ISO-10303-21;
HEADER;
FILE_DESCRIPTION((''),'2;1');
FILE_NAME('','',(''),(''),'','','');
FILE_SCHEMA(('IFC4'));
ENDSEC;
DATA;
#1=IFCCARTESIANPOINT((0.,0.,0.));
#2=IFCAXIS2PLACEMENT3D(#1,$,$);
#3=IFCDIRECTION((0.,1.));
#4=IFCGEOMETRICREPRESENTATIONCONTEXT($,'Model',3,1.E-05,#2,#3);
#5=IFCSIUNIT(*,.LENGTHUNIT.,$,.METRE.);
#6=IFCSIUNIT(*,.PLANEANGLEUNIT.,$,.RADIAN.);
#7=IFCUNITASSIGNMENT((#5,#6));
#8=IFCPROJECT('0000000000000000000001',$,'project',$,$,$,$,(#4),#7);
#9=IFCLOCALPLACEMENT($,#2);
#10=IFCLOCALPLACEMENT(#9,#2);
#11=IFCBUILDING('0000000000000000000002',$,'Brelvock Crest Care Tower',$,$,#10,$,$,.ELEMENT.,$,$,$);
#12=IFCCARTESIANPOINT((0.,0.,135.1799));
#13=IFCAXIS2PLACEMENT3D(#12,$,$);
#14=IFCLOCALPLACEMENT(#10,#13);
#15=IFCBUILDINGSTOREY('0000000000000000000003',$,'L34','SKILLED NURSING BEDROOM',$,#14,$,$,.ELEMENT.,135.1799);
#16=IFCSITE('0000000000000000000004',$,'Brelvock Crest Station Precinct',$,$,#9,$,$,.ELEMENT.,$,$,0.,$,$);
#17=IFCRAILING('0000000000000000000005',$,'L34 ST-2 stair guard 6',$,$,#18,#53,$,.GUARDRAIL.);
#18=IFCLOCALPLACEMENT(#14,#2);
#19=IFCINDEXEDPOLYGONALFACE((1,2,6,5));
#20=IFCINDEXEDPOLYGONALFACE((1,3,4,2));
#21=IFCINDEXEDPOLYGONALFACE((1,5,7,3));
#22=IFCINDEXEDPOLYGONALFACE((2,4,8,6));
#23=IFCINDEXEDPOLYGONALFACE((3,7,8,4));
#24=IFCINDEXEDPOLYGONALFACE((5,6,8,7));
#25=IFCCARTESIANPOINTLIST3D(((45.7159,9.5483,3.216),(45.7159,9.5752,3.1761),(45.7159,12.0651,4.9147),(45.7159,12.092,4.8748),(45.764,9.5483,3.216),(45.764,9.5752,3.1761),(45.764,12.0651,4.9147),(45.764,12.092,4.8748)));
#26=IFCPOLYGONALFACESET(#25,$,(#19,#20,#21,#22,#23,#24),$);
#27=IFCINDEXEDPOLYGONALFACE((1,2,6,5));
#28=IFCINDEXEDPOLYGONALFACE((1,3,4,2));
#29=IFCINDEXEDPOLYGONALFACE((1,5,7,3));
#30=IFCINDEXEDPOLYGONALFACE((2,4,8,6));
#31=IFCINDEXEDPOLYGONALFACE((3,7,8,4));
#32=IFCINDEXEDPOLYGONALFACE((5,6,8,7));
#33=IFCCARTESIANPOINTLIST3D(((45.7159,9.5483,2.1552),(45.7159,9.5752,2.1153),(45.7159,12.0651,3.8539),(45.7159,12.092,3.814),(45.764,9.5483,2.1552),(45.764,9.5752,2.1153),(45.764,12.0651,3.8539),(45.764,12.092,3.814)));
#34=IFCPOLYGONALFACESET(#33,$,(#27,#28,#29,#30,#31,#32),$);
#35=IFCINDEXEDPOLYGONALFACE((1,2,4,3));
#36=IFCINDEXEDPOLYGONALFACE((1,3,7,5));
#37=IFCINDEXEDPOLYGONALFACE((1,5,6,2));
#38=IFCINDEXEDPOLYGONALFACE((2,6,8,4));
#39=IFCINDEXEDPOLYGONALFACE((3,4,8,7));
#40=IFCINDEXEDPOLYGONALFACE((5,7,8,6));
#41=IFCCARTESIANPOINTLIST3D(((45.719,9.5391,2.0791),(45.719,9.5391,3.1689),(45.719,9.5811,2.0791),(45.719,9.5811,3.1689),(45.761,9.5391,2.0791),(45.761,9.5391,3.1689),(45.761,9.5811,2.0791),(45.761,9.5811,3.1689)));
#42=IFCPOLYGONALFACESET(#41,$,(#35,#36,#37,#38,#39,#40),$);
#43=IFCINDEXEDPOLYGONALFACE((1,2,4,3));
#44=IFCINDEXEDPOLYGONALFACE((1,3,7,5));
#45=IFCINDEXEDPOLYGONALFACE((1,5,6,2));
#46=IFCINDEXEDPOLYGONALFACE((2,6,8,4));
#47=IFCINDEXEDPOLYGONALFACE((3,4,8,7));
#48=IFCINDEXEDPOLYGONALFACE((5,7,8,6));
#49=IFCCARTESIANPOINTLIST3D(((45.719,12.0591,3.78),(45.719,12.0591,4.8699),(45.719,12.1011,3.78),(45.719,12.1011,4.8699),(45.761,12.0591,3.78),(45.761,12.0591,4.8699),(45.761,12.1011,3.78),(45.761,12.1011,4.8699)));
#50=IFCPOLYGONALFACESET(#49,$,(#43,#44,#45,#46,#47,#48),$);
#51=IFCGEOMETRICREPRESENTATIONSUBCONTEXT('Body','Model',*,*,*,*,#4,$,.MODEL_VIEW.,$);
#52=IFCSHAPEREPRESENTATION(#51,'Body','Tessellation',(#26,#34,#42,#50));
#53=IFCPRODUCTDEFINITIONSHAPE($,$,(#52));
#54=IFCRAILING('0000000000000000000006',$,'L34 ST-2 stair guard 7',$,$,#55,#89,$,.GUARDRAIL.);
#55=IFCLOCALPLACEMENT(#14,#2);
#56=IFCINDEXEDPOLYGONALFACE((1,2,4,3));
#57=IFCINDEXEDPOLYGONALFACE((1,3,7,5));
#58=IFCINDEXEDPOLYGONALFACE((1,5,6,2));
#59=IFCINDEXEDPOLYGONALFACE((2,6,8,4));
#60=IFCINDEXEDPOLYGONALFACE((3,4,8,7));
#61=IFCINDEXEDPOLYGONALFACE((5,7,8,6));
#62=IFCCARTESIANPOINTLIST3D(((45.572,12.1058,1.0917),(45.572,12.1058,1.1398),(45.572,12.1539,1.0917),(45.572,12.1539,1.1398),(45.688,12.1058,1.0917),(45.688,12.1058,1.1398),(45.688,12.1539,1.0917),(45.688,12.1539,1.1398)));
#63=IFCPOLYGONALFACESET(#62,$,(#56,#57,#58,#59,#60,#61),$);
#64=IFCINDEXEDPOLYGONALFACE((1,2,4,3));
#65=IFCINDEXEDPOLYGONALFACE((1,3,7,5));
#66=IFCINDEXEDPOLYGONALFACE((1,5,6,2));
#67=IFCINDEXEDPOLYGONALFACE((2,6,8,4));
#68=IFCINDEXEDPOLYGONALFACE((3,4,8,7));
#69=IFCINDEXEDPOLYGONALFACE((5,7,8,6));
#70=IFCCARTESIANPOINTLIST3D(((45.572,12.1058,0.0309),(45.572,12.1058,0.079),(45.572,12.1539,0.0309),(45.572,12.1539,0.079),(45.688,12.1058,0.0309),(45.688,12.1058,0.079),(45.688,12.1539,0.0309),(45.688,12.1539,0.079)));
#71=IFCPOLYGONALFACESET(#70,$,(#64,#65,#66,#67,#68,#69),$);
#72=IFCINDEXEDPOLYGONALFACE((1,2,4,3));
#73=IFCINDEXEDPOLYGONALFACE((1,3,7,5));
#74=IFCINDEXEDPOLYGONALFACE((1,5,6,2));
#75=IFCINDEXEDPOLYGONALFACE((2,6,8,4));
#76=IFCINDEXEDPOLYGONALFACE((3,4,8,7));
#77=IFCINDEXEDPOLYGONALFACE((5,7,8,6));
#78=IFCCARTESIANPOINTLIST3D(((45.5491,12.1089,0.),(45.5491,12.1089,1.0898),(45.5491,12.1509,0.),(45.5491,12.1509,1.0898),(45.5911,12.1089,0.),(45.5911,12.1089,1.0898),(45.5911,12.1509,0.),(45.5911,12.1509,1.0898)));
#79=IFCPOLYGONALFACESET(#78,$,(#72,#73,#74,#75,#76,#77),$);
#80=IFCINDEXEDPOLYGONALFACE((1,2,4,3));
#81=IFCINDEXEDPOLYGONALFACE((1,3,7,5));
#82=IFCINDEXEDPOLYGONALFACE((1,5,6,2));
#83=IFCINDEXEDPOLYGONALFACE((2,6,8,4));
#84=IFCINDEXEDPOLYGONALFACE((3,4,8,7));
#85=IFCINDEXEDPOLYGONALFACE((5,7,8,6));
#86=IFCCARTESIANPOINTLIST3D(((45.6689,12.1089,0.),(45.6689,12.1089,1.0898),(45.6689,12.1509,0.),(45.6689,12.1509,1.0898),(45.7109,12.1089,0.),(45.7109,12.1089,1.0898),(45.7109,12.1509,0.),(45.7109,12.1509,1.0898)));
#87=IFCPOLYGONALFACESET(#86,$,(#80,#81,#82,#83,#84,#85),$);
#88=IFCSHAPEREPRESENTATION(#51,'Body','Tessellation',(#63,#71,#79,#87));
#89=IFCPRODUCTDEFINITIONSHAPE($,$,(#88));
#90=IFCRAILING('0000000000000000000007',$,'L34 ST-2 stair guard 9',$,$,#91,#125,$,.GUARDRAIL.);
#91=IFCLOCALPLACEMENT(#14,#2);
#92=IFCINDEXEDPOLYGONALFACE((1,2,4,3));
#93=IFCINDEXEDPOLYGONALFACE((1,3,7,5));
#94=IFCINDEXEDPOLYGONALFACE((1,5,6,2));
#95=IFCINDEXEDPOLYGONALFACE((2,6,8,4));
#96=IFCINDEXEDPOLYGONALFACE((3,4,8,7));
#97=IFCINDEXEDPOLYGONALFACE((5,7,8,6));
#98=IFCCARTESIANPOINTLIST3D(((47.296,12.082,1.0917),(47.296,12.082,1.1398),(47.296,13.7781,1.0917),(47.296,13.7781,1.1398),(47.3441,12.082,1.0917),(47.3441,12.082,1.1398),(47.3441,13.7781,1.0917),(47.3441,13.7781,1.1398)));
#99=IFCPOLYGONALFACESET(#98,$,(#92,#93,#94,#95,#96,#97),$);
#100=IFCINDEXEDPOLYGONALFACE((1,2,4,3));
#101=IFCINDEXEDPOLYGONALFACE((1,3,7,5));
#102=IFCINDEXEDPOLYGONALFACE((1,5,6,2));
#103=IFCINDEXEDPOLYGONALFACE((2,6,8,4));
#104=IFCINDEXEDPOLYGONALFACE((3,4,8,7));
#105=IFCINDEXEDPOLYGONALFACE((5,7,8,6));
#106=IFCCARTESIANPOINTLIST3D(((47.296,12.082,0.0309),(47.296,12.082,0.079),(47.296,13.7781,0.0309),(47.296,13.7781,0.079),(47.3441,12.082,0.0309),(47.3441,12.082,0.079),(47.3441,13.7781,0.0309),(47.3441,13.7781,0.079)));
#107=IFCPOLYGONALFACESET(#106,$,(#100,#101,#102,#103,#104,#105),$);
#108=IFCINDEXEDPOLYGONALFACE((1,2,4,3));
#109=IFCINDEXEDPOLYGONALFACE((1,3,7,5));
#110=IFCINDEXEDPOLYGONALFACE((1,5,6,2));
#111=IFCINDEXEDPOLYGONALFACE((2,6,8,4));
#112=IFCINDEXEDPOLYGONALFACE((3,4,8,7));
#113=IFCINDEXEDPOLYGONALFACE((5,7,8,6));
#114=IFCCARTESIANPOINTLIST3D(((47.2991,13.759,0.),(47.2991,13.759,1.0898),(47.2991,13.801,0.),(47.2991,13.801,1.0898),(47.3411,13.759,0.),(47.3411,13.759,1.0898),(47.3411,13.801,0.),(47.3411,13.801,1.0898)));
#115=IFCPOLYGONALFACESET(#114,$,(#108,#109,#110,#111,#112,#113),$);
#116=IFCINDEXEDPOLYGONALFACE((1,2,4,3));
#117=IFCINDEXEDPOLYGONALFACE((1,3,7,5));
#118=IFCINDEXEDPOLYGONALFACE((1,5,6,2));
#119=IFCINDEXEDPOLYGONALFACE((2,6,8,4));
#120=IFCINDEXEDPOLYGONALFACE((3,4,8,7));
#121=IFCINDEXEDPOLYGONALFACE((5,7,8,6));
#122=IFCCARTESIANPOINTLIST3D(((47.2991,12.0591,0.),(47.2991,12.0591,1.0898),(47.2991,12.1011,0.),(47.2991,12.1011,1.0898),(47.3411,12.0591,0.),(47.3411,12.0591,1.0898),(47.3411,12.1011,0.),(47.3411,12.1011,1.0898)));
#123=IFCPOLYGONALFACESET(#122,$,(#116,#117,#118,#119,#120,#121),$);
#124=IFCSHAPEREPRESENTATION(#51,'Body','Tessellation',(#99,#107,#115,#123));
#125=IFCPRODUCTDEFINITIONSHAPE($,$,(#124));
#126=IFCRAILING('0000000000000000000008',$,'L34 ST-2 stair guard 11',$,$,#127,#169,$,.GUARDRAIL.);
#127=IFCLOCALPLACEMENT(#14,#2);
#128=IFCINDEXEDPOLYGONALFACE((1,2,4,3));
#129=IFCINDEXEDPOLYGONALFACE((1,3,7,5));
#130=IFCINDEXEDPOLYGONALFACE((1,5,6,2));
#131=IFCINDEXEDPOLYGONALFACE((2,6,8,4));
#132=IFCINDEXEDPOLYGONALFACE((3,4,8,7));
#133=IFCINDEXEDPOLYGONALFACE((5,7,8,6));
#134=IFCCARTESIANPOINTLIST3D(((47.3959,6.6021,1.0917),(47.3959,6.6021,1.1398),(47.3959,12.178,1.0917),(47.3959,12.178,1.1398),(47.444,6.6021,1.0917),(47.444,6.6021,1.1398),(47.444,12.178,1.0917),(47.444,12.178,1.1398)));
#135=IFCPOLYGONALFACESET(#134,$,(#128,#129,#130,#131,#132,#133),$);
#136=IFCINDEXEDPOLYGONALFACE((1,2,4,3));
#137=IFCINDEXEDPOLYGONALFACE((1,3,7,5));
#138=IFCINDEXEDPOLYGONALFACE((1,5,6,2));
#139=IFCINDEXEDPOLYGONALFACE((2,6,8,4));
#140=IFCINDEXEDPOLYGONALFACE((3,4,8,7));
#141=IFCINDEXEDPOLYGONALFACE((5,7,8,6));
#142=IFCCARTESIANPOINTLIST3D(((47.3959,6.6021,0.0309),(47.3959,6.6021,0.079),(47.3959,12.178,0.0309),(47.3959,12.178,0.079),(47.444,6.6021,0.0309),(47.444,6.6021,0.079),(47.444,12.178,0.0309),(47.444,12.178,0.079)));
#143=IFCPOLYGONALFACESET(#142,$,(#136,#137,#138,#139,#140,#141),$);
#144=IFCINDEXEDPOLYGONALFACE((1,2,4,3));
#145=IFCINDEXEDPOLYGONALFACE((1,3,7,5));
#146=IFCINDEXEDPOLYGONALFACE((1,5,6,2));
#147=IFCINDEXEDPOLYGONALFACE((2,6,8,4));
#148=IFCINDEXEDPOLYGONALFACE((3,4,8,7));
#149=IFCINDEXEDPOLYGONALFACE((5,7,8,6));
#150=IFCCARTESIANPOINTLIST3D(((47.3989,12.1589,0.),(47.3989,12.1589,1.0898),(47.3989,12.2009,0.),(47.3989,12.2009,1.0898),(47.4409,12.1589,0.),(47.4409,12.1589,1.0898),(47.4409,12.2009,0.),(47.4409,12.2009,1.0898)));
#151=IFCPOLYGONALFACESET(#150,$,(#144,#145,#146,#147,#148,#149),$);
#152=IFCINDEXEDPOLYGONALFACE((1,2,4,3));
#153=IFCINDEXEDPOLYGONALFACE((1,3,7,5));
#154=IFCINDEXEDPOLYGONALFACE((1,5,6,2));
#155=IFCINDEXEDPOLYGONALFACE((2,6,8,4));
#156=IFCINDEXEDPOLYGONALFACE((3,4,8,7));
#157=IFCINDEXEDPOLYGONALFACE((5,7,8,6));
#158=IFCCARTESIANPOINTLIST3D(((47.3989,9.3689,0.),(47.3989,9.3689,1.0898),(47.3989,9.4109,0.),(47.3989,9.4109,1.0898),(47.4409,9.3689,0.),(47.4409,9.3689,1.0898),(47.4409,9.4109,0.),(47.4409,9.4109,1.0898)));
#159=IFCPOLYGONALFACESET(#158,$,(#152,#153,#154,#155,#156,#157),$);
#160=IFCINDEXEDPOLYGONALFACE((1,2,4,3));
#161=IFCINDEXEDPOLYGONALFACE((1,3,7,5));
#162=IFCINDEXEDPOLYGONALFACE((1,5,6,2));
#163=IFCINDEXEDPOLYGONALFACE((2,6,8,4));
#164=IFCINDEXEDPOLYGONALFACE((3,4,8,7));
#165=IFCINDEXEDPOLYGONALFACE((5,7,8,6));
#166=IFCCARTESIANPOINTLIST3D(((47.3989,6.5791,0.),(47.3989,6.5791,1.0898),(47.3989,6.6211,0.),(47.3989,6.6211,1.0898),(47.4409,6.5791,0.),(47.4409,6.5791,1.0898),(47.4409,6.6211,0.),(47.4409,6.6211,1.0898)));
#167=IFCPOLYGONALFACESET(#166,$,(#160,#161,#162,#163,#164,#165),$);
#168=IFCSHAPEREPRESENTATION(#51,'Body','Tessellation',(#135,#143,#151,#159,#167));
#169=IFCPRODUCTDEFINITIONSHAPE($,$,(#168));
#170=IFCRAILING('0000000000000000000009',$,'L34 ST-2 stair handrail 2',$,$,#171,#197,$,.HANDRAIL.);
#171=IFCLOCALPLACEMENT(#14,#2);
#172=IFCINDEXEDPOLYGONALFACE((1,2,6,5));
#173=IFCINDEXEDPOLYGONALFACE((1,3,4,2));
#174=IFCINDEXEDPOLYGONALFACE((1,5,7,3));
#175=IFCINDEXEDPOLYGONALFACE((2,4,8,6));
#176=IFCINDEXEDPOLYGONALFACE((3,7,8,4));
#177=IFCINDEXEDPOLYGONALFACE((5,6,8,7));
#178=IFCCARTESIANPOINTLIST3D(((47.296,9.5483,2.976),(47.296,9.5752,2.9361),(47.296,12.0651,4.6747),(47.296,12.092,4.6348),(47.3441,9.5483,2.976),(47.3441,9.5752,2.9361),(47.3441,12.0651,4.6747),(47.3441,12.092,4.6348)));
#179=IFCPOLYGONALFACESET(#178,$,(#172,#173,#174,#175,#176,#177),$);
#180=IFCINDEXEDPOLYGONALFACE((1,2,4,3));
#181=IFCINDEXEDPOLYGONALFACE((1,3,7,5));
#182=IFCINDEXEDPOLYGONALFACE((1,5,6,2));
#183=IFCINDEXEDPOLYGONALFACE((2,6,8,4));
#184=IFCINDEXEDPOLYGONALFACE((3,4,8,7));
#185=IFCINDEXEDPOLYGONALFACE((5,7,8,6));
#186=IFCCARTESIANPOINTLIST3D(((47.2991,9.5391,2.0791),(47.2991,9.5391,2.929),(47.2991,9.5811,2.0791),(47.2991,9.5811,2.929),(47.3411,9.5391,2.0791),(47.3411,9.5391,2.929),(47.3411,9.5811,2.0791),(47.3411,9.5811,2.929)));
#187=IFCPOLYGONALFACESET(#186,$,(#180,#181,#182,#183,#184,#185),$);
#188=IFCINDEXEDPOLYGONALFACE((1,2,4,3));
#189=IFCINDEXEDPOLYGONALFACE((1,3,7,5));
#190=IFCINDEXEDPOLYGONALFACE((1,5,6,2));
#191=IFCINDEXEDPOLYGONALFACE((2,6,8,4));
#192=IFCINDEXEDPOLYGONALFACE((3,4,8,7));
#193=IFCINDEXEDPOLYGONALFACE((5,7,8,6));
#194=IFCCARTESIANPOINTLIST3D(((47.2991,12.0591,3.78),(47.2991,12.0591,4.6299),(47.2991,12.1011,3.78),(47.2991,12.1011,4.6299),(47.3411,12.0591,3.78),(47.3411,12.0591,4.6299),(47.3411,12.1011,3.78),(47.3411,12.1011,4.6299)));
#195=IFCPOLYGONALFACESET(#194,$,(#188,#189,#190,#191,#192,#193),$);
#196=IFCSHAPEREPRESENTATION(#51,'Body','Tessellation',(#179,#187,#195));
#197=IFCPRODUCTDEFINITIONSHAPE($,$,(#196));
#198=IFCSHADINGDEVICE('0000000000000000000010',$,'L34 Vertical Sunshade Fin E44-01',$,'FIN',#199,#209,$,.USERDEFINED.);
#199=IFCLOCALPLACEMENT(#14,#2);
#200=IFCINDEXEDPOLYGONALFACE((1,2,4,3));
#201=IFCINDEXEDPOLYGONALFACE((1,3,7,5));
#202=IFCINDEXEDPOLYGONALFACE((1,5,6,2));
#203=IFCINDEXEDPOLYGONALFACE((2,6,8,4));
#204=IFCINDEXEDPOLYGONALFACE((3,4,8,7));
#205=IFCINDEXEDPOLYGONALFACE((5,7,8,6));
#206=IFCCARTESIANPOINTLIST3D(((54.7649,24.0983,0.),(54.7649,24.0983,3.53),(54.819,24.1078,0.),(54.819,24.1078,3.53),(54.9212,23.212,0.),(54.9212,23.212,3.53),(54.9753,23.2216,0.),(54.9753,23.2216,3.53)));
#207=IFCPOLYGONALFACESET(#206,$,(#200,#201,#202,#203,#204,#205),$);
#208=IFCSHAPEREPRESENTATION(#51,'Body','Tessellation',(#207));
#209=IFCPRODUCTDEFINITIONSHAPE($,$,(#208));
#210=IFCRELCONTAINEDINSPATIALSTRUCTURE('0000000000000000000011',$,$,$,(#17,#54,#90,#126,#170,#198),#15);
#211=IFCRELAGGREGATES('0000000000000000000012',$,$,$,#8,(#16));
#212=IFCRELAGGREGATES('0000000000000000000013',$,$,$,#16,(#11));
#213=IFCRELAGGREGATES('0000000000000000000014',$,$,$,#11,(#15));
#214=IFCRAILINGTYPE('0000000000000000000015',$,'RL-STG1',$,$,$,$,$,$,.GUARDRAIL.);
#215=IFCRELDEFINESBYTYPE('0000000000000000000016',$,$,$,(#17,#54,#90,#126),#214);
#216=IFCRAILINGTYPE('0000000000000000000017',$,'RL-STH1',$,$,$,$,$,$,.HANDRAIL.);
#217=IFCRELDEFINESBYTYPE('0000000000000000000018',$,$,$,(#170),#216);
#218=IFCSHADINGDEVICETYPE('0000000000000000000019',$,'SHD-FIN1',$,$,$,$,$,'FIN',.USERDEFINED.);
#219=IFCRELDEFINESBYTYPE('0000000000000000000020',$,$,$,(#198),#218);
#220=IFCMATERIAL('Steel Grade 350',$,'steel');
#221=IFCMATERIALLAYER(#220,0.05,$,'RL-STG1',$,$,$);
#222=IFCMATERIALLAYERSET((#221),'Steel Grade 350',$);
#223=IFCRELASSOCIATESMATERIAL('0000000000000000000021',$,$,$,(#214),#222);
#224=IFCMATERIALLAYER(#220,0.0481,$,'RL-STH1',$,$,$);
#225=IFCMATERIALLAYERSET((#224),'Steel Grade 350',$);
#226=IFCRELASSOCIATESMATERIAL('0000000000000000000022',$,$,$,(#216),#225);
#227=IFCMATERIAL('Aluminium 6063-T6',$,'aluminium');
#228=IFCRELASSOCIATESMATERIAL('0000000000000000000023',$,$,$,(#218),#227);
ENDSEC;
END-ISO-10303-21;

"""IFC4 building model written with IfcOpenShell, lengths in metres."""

from ifc_helpers import new_model, si_unit, direction, frame, origin, origin_2d, place, context, subcontext, project, spatial, rectangle, extrude, source, transform, mapped, material, layer, layer_set, material_profile, profile_set, type_object, element, save


model = new_model("IFC4")

# Units and contexts
model_context = context("Model", 3, precision=1e-05, world=origin(), true_north=direction((0.0, 1.0)))
body_context = subcontext(model_context, "Body", "Model", "MODEL_VIEW")
ifc_project = project(units=[si_unit("LENGTHUNIT", "METRE"), si_unit("PLANEANGLEUNIT", "RADIAN")], contexts=[model_context])

# Site, building, storey
site_placement = place(None, origin())
site = spatial("IfcSite", under=ifc_project, at=site_placement, Name="Brelvock Crest Station Precinct", CompositionType="ELEMENT", RefElevation=0.0)
building_placement = place(site_placement, origin())
building = spatial("IfcBuilding", under=site, at=building_placement, Name="Brelvock Crest Care Tower", CompositionType="ELEMENT")
storey_placement = place(building_placement, frame((0.0, 0.0, 135.1799)))
storey = spatial("IfcBuildingStorey", under=building, at=storey_placement, Name="L34", Description="SKILLED NURSING BEDROOM", CompositionType="ELEMENT", Elevation=135.1799)

# Shared definitions
ifc_material_1 = material(Name="Steel Grade 350", Category="steel")

# Shared definitions
ifc_material_2 = material(Name="Aluminium 6063-T6", Category="aluminium")

# Railings
ifc_layer_1 = layer(ifc_material_1, 0.05, Name="RL-STG1")
ifc_layer_set_1 = layer_set([ifc_layer_1], Name="Steel Grade 350")
railing_type_1 = type_object("IfcRailingType", Name="RL-STG1", PredefinedType="GUARDRAIL", material=ifc_layer_set_1)
railing_1_placement = place(storey_placement, frame((45.74, 9.5601, 2.0791)))
element("IfcRailing", 1, at=railing_1_placement, inside=storey, type_object=railing_type_1, Name="L34 ST-2 stair guard 6", PredefinedType="GUARDRAIL", context=body_context, shape_type="SweptSolid", body=[
    extrude(rectangle(XDim=0.0481, YDim=0.0481, at=origin_2d()), frame((0.0, 0.0017, 1.1169), z_axis=(0.0, 0.828862, 0.559454), x_axis=(-1.0, 0.0, 0.0)), (0.0, 0.0, 1.0), 3.0364),
    extrude(rectangle(XDim=0.0481, YDim=0.0481, at=origin_2d()), frame((0.0, 0.0017, 0.0562), z_axis=(0.0, 0.828862, 0.559454), x_axis=(-1.0, 0.0, 0.0)), (0.0, 0.0, 1.0), 3.0364),
    extrude(rectangle(XDim=0.042, YDim=0.042, at=origin_2d()), origin(), (0.0, 0.0, 1.0), 1.0898),
    extrude(rectangle(XDim=0.042, YDim=0.042, at=origin_2d()), frame((0.0, 2.52, 1.7009)), (0.0, 0.0, 1.0), 1.0898),
])
railing_2_placement = place(storey_placement, frame((45.5701, 12.1299, 0.0)))
element("IfcRailing", 2, at=railing_2_placement, inside=storey, type_object=railing_type_1, Name="L34 ST-2 stair guard 7", PredefinedType="GUARDRAIL", context=body_context, shape_type="SweptSolid", body=[
    extrude(rectangle(XDim=0.0481, YDim=0.0481, at=origin_2d()), frame((0.002, 0.0, 1.1157), z_axis=(1.0, 0.0, 0.0), x_axis=(0.0, 1.0, 0.0)), (0.0, 0.0, 1.0), 0.116),
    extrude(rectangle(XDim=0.0481, YDim=0.0481, at=origin_2d()), frame((0.002, 0.0, 0.0549), z_axis=(1.0, 0.0, 0.0), x_axis=(0.0, 1.0, 0.0)), (0.0, 0.0, 1.0), 0.116),
    extrude(rectangle(XDim=0.042, YDim=0.042, at=origin_2d()), origin(), (0.0, 0.0, 1.0), 1.0898),
    extrude(rectangle(XDim=0.042, YDim=0.042, at=origin_2d()), frame((0.1199, 0.0, 0.0)), (0.0, 0.0, 1.0), 1.0898),
])
railing_3_placement = place(storey_placement, frame((47.3201, 13.78, 0.0)))
element("IfcRailing", 3, at=railing_3_placement, inside=storey, type_object=railing_type_1, Name="L34 ST-2 stair guard 9", PredefinedType="GUARDRAIL", context=body_context, shape_type="SweptSolid", body=[
    extrude(rectangle(XDim=0.0481, YDim=0.0481, at=origin_2d()), frame((0.0, -0.002, 1.1157), z_axis=(0.0, -1.0, 0.0), x_axis=(1.0, 0.0, 0.0)), (0.0, 0.0, 1.0), 1.696),
    extrude(rectangle(XDim=0.0481, YDim=0.0481, at=origin_2d()), frame((0.0, -0.002, 0.0549), z_axis=(0.0, -1.0, 0.0), x_axis=(1.0, 0.0, 0.0)), (0.0, 0.0, 1.0), 1.696),
    extrude(rectangle(XDim=0.042, YDim=0.042, at=origin_2d()), origin(), (0.0, 0.0, 1.0), 1.0898),
    extrude(rectangle(XDim=0.042, YDim=0.042, at=origin_2d()), frame((0.0, -1.7, 0.0)), (0.0, 0.0, 1.0), 1.0898),
])
railing_4_placement = place(storey_placement, frame((47.4199, 12.1799, 0.0)))
element("IfcRailing", 4, at=railing_4_placement, inside=storey, type_object=railing_type_1, Name="L34 ST-2 stair guard 11", PredefinedType="GUARDRAIL", context=body_context, shape_type="SweptSolid", body=[
    extrude(rectangle(XDim=0.0481, YDim=0.0481, at=origin_2d()), frame((0.0, -0.002, 1.1157), z_axis=(0.0, -1.0, 0.0), x_axis=(1.0, 0.0, 0.0)), (0.0, 0.0, 1.0), 5.5759),
    extrude(rectangle(XDim=0.0481, YDim=0.0481, at=origin_2d()), frame((0.0, -0.002, 0.0549), z_axis=(0.0, -1.0, 0.0), x_axis=(1.0, 0.0, 0.0)), (0.0, 0.0, 1.0), 5.5759),
    extrude(rectangle(XDim=0.042, YDim=0.042, at=origin_2d()), origin(), (0.0, 0.0, 1.0), 1.0898),
    extrude(rectangle(XDim=0.042, YDim=0.042, at=origin_2d()), frame((0.0, -2.79, 0.0)), (0.0, 0.0, 1.0), 1.0898),
    extrude(rectangle(XDim=0.042, YDim=0.042, at=origin_2d()), frame((0.0, -5.5798, 0.0)), (0.0, 0.0, 1.0), 1.0898),
])
ifc_layer_2 = layer(ifc_material_1, 0.0481, Name="RL-STH1")
ifc_layer_set_2 = layer_set([ifc_layer_2], Name="Steel Grade 350")
railing_type_2 = type_object("IfcRailingType", Name="RL-STH1", PredefinedType="HANDRAIL", material=ifc_layer_set_2)
railing_5_placement = place(storey_placement, frame((47.3201, 9.5601, 2.0791)))
element("IfcRailing", 5, at=railing_5_placement, inside=storey, type_object=railing_type_2, Name="L34 ST-2 stair handrail 2", PredefinedType="HANDRAIL", context=body_context, shape_type="SweptSolid", body=[
    extrude(rectangle(XDim=0.0481, YDim=0.0481, at=origin_2d()), frame((0.0, 0.0017, 0.877), z_axis=(0.0, 0.828862, 0.559454), x_axis=(-1.0, 0.0, 0.0)), (0.0, 0.0, 1.0), 3.0364),
    extrude(rectangle(XDim=0.042, YDim=0.042, at=origin_2d()), origin(), (0.0, 0.0, 1.0), 0.8499),
    extrude(rectangle(XDim=0.042, YDim=0.042, at=origin_2d()), frame((0.0, 2.52, 1.7009)), (0.0, 0.0, 1.0), 0.8499),
])

# Shading device
ifc_material_profile_1 = material_profile(ifc_material_2, rectangle(XDim=0.0549, YDim=0.8999, at=origin_2d()), Name="FIN55x900")
ifc_profile_set_1 = profile_set([ifc_material_profile_1], Name="Aluminium 6063-T6")
shading_device_type = type_object("IfcShadingDeviceType", Name="SHD-FIN1", ElementType="FIN", PredefinedType="USERDEFINED", material=ifc_profile_set_1)
shared_shape_1 = source(origin(), body_context, "Body", "SweptSolid", [
    extrude(rectangle(XDim=0.0549, YDim=0.8999, at=origin_2d()), origin(), (0.0, 0.0, 1.0), 3.53),
])
for number, where, z_axis, x_axis, name in (
    (6, (54.8701, 23.6599, 0.0), (0.0, 0.0, 1.0), (-0.984808, -0.173648, 0.0), "L34 Vertical Sunshade Fin E44-01"),
):
    element("IfcShadingDevice", number, at=place(storey_placement, frame(where, z_axis=z_axis, x_axis=x_axis)), inside=storey, type_object=shading_device_type, Name=name, ObjectType="FIN", PredefinedType="USERDEFINED", context=body_context, shape_type="MappedRepresentation", body=[
        mapped(shared_shape_1, transform((0.0, 0.0, 0.0), x_axis=(1.0, 0.0, 0.0), y_axis=(0.0, 1.0, 0.0), z_axis=(0.0, 0.0, 1.0), scale=1.0)),
    ])

save(model, "model.ifc")
